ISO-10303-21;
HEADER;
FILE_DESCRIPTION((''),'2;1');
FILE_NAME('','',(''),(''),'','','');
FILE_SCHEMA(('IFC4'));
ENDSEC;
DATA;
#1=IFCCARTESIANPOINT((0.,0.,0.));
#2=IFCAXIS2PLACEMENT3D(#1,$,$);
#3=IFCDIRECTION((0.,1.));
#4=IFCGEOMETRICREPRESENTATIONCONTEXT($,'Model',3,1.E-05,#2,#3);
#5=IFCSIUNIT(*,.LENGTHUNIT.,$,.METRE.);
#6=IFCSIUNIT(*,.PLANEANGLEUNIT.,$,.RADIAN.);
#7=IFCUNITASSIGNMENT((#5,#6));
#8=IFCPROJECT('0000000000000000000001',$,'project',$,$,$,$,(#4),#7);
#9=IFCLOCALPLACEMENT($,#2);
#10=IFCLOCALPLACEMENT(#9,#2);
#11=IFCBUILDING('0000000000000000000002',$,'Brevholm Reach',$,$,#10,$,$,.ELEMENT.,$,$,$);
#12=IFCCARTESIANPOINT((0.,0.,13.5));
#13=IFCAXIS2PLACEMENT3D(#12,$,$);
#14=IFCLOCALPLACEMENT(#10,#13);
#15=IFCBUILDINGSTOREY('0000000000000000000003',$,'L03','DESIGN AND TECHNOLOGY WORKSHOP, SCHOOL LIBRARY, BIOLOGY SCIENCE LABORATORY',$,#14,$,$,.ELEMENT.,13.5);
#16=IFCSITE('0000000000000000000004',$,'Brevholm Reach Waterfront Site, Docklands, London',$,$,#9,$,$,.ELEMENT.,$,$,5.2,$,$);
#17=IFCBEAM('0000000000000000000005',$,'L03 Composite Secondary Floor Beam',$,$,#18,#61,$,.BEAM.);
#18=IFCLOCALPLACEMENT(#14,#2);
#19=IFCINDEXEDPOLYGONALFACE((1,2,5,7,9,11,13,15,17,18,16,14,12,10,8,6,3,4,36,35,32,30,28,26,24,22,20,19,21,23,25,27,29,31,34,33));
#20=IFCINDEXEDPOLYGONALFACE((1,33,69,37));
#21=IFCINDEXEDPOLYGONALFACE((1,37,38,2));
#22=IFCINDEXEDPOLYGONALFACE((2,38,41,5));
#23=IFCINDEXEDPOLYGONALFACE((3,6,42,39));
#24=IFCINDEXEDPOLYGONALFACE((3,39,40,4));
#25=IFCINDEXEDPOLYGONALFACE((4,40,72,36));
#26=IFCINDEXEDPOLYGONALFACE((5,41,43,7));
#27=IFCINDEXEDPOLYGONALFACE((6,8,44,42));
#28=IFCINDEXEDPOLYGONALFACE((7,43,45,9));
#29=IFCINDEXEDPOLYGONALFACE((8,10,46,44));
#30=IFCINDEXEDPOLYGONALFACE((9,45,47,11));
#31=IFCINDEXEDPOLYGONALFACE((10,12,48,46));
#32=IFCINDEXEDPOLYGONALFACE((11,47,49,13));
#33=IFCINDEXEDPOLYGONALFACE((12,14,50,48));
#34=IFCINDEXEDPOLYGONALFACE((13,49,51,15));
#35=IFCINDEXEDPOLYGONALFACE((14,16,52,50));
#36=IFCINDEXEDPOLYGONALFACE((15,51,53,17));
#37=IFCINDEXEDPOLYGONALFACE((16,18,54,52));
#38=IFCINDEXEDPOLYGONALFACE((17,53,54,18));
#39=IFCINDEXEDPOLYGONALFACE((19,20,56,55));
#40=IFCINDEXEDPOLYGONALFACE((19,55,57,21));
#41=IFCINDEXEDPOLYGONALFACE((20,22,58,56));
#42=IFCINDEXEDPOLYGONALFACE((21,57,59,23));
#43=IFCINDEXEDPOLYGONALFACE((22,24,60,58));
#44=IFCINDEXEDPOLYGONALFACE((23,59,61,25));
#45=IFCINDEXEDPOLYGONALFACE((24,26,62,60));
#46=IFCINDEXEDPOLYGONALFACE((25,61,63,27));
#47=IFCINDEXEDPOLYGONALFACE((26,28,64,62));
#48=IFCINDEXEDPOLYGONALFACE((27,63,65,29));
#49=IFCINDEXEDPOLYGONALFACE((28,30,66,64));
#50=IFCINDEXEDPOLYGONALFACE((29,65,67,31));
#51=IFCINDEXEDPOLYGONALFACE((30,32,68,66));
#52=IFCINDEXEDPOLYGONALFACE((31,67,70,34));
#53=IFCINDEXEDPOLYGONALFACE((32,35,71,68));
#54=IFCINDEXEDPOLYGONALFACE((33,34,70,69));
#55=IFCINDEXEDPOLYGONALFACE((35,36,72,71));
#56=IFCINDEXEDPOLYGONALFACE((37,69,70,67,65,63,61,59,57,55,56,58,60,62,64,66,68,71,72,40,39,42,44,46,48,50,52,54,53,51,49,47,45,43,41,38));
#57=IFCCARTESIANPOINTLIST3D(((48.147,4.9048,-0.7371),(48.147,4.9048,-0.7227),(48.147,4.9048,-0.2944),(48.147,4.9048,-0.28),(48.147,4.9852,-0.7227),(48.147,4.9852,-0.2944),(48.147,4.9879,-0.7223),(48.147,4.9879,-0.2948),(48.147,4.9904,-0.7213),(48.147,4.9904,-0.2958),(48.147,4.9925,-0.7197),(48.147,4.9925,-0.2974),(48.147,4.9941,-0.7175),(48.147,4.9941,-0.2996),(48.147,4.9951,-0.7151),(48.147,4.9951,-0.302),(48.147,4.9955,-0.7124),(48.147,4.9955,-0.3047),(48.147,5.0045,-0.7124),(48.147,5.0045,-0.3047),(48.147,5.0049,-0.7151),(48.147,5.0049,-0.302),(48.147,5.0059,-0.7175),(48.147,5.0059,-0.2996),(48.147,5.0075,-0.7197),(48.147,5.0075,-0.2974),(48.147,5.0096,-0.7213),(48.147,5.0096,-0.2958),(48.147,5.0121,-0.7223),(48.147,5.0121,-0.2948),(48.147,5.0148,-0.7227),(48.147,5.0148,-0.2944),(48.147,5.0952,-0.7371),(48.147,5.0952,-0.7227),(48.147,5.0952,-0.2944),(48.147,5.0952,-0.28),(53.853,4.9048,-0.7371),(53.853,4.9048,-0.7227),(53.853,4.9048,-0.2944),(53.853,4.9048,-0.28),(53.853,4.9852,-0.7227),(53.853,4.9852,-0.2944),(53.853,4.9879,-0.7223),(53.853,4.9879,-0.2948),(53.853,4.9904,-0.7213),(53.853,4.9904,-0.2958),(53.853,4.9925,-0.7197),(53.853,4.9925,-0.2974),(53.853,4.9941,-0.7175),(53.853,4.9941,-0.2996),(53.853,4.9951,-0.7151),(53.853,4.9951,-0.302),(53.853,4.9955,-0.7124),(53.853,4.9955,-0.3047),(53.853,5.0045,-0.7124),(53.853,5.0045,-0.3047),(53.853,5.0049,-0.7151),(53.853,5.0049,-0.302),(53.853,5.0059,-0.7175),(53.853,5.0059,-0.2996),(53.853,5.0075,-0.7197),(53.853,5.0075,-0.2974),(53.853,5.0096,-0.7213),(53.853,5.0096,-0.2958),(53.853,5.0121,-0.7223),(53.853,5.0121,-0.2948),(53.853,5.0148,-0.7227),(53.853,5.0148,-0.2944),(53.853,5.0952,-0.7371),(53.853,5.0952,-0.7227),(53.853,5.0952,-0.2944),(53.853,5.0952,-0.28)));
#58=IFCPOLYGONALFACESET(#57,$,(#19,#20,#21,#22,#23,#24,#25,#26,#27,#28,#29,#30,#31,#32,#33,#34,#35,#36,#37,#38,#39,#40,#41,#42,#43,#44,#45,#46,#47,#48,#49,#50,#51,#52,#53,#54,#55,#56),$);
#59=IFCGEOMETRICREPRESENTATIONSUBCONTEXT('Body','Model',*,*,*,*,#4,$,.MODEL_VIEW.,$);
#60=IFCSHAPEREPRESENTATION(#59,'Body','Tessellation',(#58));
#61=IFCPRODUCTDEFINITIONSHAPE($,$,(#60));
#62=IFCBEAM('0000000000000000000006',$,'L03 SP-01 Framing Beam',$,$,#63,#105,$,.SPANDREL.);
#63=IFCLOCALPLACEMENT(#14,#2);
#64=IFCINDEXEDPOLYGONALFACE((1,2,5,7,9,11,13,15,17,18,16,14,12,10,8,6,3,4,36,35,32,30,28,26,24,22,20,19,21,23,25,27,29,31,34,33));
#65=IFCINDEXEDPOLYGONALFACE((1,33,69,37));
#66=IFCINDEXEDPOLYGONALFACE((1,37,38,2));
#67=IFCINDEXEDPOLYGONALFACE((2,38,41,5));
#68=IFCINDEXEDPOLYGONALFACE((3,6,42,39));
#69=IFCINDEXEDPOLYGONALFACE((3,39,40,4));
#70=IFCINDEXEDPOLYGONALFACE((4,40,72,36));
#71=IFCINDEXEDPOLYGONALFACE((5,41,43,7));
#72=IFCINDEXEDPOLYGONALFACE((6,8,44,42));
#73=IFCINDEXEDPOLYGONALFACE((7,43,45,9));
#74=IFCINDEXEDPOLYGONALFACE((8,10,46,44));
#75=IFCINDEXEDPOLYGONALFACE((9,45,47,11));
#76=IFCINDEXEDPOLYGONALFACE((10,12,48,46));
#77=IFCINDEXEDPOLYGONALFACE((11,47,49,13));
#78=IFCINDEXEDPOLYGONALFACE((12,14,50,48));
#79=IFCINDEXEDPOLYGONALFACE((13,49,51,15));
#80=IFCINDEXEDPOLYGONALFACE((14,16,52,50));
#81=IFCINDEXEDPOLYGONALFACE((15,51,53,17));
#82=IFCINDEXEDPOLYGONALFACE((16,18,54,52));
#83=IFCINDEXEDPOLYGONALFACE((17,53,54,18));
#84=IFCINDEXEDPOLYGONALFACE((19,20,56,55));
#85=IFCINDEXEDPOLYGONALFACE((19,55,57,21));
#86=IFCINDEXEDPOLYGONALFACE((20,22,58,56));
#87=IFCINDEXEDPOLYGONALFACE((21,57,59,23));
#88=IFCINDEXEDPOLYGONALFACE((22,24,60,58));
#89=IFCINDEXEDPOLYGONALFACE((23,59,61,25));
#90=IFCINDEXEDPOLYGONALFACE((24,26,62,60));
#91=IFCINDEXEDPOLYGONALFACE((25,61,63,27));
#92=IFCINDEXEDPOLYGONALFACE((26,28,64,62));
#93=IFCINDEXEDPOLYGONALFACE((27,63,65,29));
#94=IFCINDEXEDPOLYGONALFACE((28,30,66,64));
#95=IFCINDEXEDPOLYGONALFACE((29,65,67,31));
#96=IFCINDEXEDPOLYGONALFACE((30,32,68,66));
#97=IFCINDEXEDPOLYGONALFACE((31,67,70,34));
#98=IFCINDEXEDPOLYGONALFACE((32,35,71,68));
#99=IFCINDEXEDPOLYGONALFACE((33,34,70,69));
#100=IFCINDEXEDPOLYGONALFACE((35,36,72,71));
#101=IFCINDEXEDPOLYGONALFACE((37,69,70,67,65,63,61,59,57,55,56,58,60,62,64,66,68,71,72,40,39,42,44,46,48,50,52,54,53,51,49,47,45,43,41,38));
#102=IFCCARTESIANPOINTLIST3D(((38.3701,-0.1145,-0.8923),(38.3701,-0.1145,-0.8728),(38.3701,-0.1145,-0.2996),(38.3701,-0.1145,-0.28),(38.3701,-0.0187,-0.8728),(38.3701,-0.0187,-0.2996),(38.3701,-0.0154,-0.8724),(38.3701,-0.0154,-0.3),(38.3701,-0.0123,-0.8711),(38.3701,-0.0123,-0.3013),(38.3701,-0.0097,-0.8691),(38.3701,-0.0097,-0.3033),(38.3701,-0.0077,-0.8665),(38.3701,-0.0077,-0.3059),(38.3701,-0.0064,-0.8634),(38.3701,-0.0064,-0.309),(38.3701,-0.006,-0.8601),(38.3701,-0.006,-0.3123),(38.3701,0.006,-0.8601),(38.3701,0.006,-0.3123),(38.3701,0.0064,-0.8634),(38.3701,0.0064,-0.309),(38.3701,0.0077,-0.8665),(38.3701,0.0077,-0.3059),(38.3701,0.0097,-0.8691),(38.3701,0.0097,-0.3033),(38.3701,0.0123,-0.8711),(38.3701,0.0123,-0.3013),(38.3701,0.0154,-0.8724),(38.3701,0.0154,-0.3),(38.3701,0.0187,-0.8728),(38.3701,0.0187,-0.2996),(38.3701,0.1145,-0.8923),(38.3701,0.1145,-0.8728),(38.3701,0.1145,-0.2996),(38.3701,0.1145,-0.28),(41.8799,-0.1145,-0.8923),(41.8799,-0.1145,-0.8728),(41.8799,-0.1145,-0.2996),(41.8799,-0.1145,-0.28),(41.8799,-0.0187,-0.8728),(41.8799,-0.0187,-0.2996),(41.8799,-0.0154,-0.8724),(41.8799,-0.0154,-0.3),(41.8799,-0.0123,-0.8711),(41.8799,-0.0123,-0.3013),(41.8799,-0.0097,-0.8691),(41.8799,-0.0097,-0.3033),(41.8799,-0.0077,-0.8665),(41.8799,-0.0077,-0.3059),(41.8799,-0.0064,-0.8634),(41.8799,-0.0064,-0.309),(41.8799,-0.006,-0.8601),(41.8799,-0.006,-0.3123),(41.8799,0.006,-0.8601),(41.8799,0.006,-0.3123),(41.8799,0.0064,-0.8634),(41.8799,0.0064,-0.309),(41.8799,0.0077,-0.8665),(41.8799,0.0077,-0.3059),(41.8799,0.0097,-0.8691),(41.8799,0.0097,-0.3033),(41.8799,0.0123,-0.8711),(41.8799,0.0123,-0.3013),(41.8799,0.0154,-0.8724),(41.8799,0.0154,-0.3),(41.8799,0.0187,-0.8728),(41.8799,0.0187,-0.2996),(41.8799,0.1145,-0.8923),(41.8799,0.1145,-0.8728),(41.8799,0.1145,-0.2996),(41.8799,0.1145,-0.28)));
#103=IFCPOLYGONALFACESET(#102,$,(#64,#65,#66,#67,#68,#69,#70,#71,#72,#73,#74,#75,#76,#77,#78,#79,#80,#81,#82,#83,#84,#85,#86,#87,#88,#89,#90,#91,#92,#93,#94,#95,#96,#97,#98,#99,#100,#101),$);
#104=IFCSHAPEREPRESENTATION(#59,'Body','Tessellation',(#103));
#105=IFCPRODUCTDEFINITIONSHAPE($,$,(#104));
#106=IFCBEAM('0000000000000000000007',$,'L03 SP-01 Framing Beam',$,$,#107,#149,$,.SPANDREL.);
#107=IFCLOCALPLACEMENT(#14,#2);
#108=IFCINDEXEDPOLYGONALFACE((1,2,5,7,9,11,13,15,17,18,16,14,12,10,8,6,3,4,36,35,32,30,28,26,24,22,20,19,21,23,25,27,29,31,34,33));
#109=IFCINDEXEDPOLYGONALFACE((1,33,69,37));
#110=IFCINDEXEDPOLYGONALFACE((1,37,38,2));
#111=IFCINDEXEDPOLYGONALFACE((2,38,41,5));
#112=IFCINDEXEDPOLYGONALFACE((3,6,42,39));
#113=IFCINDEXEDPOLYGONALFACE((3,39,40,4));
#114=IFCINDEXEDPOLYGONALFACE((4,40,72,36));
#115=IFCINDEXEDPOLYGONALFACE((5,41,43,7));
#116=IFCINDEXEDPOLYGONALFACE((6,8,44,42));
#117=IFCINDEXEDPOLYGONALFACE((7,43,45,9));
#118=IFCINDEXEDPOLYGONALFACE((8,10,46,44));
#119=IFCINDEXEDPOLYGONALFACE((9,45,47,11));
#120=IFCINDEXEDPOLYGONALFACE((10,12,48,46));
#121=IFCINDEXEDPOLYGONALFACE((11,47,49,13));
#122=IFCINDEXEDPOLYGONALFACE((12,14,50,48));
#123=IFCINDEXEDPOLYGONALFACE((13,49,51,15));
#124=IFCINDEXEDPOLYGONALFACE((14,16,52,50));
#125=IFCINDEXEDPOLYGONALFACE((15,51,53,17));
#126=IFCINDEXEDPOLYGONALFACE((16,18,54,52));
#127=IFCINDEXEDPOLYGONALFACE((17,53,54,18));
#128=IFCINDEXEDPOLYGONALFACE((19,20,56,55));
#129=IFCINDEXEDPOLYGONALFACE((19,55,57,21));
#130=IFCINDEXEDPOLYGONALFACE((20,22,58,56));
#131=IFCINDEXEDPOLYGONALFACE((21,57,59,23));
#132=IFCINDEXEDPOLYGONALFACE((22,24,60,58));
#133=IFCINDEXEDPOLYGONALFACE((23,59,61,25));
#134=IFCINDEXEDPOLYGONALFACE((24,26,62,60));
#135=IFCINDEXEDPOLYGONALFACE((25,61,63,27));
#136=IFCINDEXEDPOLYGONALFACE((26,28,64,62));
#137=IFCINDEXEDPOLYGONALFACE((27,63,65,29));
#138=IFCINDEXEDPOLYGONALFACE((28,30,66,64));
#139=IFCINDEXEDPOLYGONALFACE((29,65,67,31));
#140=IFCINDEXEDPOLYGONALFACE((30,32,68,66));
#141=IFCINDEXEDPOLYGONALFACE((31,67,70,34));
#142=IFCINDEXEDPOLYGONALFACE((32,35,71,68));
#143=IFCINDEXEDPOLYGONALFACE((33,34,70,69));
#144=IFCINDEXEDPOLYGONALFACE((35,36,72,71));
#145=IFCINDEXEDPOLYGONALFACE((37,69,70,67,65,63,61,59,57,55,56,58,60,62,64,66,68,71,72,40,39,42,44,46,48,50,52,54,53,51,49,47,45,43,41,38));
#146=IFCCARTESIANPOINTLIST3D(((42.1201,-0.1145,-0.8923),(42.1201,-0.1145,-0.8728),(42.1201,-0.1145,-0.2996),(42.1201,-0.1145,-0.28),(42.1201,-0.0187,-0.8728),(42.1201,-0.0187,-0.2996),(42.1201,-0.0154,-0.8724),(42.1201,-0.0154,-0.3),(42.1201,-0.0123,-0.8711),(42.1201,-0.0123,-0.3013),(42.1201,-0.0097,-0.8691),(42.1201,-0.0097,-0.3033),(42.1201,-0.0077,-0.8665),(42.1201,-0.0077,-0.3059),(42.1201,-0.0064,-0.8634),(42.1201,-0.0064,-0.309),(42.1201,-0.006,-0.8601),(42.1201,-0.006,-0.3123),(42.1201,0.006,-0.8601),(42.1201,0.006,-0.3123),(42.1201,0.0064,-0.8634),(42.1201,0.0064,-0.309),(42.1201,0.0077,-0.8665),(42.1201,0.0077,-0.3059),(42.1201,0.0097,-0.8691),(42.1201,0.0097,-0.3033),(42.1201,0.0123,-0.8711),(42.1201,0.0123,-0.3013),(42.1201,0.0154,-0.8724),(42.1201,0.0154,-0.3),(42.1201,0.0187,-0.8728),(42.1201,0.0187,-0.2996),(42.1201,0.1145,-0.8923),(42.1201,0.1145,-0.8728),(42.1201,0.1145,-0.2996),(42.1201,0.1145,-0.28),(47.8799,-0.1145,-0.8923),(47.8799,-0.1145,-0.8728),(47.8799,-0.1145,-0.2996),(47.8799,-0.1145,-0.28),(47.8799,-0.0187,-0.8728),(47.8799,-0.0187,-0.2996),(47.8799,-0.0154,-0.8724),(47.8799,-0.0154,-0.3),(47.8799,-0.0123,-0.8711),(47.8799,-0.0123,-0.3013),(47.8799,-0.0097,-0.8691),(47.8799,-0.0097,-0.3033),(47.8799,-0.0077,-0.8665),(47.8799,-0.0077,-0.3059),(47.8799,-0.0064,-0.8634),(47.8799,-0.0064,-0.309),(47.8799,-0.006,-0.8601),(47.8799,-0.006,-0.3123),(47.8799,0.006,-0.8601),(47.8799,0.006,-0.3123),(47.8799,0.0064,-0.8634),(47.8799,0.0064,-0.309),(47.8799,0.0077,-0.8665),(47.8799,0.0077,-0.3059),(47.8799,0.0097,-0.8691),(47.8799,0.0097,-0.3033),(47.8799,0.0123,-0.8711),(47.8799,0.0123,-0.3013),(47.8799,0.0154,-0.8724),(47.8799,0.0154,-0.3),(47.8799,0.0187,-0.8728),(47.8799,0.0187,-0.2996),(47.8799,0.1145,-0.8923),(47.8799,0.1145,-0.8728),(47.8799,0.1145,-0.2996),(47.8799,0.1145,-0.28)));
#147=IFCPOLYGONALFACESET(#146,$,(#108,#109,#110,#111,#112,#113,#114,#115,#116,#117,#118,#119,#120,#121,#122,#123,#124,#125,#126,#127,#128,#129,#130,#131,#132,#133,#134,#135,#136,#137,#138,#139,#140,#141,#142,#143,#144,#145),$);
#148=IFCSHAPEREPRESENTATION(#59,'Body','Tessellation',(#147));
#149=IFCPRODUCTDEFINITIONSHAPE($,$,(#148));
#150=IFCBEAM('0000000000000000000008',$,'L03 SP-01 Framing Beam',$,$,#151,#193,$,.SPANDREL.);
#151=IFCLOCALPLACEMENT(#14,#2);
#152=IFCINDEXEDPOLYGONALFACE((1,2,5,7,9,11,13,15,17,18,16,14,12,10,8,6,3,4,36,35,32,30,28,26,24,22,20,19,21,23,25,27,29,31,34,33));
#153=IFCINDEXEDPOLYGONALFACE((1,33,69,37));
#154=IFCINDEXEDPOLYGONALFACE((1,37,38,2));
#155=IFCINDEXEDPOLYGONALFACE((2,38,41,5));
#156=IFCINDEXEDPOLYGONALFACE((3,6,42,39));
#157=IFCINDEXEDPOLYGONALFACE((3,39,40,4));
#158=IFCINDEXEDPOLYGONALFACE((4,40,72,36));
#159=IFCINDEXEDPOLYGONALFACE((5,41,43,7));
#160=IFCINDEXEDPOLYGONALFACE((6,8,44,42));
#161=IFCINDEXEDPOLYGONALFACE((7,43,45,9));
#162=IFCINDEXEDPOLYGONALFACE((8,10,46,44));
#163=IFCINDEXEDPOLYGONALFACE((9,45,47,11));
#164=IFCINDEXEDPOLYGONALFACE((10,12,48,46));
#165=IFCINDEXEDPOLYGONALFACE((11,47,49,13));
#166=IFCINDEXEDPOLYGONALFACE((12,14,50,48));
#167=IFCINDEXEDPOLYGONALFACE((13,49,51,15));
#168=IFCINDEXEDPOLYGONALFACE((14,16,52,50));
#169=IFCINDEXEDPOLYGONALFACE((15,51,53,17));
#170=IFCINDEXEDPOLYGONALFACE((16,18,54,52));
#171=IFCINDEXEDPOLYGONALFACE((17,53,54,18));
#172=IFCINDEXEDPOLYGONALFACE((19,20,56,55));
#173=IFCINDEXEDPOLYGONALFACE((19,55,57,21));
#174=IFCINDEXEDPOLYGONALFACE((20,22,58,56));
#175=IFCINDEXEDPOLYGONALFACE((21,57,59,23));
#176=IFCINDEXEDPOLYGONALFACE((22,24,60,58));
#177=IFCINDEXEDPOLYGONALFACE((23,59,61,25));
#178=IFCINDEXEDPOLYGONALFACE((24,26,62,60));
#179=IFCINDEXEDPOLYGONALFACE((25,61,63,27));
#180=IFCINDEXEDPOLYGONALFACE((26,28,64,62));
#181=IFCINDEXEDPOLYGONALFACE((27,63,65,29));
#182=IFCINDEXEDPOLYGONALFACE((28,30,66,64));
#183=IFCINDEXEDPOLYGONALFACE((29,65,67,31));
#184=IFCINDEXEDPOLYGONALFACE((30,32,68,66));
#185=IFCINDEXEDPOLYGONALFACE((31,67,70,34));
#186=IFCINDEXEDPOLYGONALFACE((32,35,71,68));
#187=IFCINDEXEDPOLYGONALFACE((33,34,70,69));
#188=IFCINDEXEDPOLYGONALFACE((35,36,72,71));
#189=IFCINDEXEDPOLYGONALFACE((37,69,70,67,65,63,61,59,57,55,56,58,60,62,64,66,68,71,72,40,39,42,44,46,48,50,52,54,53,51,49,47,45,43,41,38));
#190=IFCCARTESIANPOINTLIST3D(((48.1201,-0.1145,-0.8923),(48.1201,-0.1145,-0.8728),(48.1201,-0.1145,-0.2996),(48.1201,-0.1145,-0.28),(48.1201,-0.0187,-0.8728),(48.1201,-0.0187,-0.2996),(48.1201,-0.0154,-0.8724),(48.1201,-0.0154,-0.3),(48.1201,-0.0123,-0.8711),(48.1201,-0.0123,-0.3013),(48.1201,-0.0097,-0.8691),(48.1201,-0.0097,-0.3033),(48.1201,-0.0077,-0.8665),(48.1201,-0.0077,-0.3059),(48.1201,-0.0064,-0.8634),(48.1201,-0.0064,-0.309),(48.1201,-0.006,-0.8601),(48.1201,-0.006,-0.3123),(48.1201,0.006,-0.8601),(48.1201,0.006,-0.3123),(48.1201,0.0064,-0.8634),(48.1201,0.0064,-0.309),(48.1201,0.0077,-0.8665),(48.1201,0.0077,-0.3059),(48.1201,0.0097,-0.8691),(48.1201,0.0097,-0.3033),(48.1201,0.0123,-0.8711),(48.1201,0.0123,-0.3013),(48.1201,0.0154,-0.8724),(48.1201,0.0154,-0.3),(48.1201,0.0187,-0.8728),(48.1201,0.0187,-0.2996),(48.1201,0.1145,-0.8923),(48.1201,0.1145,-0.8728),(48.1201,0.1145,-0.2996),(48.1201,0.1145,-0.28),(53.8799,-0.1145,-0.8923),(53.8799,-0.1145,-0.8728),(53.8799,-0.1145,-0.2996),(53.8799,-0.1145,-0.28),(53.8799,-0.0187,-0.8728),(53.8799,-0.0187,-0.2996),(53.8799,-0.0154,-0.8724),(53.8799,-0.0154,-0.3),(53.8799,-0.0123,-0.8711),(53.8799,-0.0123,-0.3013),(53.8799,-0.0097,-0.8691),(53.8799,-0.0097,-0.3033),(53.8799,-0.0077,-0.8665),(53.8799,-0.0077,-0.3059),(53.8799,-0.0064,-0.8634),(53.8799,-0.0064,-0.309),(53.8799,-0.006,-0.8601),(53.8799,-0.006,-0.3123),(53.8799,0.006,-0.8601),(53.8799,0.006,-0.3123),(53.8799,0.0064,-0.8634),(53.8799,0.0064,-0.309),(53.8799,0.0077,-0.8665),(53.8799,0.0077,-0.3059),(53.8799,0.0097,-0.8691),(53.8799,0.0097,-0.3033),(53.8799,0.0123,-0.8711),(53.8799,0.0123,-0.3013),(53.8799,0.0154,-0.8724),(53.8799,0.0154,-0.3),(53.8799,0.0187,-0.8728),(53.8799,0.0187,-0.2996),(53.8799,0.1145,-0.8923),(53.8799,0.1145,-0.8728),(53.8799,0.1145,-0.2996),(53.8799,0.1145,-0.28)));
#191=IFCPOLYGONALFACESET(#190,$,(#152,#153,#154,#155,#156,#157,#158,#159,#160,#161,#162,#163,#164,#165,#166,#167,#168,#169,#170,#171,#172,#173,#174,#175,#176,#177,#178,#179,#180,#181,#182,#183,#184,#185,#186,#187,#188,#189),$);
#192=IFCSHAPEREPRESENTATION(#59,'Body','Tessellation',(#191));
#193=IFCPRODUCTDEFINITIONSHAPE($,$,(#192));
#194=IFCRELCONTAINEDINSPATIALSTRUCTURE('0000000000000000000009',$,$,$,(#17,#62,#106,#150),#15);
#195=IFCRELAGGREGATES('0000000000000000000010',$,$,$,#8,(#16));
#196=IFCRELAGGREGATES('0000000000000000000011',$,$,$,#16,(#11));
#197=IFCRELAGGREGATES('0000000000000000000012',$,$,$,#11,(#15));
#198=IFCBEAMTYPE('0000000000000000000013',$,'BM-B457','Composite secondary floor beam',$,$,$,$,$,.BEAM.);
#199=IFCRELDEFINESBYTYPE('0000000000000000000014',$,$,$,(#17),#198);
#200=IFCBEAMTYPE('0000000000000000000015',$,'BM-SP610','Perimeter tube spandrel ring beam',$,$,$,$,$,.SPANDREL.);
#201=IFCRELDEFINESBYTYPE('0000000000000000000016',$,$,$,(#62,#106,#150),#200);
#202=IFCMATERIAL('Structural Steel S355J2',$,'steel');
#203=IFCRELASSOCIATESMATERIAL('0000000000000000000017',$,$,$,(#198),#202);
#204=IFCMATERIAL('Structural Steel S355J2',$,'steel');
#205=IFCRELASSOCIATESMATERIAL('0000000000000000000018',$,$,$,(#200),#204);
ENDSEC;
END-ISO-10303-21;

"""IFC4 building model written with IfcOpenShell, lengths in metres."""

from ifc_helpers import new_model, si_unit, direction, frame, origin, origin_2d, place, context, subcontext, project, spatial, i_section, extrude, material, material_profile, profile_set, type_object, element, save


model = new_model("IFC4")

# Units and contexts
model_context = context("Model", 3, precision=1e-05, world=origin(), true_north=direction((0.0, 1.0)))
body_context = subcontext(model_context, "Body", "Model", "MODEL_VIEW")
ifc_project = project(units=[si_unit("LENGTHUNIT", "METRE"), si_unit("PLANEANGLEUNIT", "RADIAN")], contexts=[model_context])

# Site, building, storey
site_placement = place(None, origin())
site = spatial("IfcSite", under=ifc_project, at=site_placement, Name="Brevholm Reach Waterfront Site, Docklands, London", CompositionType="ELEMENT", RefElevation=5.2)
building_placement = place(site_placement, origin())
building = spatial("IfcBuilding", under=site, at=building_placement, Name="Brevholm Reach", CompositionType="ELEMENT")
storey_placement = place(building_placement, frame((0.0, 0.0, 13.5)))
storey = spatial("IfcBuildingStorey", under=building, at=storey_placement, Name="L03", Description="DESIGN AND TECHNOLOGY WORKSHOP, SCHOOL LIBRARY, BIOLOGY SCIENCE LABORATORY", CompositionType="ELEMENT", Elevation=13.5)

# Beams
ifc_material_1 = material(Name="Structural Steel S355J2", Category="steel")
ifc_material_profile_1 = material_profile(ifc_material_1, i_section(OverallWidth=0.1904, OverallDepth=0.457, WebThickness=0.009, FlangeThickness=0.0144, FilletRadius=0.0103, at=origin_2d()), Name="UKB 457x191x74")
ifc_profile_set_1 = profile_set([ifc_material_profile_1], Name="Structural Steel S355J2")
beam_type_1 = type_object("IfcBeamType", Name="BM-B457", Description="Composite secondary floor beam", PredefinedType="BEAM", material=ifc_profile_set_1)
beam_1_placement = place(storey_placement, frame((48.147, 5.0, -0.5085), z_axis=(1.0, 0.0, 0.0), x_axis=(0.0, 1.0, 0.0)))
element("IfcBeam", 1, at=beam_1_placement, inside=storey, type_object=beam_type_1, Name="L03 Composite Secondary Floor Beam", PredefinedType="BEAM", context=body_context, shape_type="SweptSolid", body=[
    extrude(i_section(OverallWidth=0.1904, OverallDepth=0.457, WebThickness=0.009, FlangeThickness=0.0144, FilletRadius=0.0103, at=origin_2d()), origin(), (0.0, 0.0, 1.0), 5.7061),
])
ifc_material_2 = material(Name="Structural Steel S355J2", Category="steel")
ifc_material_profile_2 = material_profile(ifc_material_2, i_section(OverallWidth=0.229, OverallDepth=0.6123, WebThickness=0.012, FlangeThickness=0.0195, FilletRadius=0.0127, at=origin_2d()), Name="UKB 610x229x125")
ifc_profile_set_2 = profile_set([ifc_material_profile_2], Name="Structural Steel S355J2")
beam_type_2 = type_object("IfcBeamType", Name="BM-SP610", Description="Perimeter tube spandrel ring beam", PredefinedType="SPANDREL", material=ifc_profile_set_2)
beam_2_placement = place(storey_placement, frame((38.3701, 0.0, -0.5862), z_axis=(1.0, 0.0, 0.0), x_axis=(0.0, 1.0, 0.0)))
element("IfcBeam", 2, at=beam_2_placement, inside=storey, type_object=beam_type_2, Name="L03 SP-01 Framing Beam", PredefinedType="SPANDREL", context=body_context, shape_type="SweptSolid", body=[
    extrude(i_section(OverallWidth=0.229, OverallDepth=0.6123, WebThickness=0.012, FlangeThickness=0.0195, FilletRadius=0.0127, at=origin_2d()), origin(), (0.0, 0.0, 1.0), 3.5098),
])
for number, where, z_axis, x_axis, name in (
    (3, (42.1201, 0.0, -0.5862), (1.0, 0.0, 0.0), (0.0, 1.0, 0.0), "L03 SP-01 Framing Beam"),
    (4, (48.1201, 0.0, -0.5862), (1.0, 0.0, 0.0), (0.0, 1.0, 0.0), "L03 SP-01 Framing Beam"),
):
    element("IfcBeam", number, at=place(storey_placement, frame(where, z_axis=z_axis, x_axis=x_axis)), inside=storey, type_object=beam_type_2, Name=name, PredefinedType="SPANDREL", context=body_context, shape_type="SweptSolid", body=[
        extrude(i_section(OverallWidth=0.229, OverallDepth=0.6123, WebThickness=0.012, FlangeThickness=0.0195, FilletRadius=0.0127, at=origin_2d()), origin(), (0.0, 0.0, 1.0), 5.7598),
    ])

save(model, "model.ifc")
